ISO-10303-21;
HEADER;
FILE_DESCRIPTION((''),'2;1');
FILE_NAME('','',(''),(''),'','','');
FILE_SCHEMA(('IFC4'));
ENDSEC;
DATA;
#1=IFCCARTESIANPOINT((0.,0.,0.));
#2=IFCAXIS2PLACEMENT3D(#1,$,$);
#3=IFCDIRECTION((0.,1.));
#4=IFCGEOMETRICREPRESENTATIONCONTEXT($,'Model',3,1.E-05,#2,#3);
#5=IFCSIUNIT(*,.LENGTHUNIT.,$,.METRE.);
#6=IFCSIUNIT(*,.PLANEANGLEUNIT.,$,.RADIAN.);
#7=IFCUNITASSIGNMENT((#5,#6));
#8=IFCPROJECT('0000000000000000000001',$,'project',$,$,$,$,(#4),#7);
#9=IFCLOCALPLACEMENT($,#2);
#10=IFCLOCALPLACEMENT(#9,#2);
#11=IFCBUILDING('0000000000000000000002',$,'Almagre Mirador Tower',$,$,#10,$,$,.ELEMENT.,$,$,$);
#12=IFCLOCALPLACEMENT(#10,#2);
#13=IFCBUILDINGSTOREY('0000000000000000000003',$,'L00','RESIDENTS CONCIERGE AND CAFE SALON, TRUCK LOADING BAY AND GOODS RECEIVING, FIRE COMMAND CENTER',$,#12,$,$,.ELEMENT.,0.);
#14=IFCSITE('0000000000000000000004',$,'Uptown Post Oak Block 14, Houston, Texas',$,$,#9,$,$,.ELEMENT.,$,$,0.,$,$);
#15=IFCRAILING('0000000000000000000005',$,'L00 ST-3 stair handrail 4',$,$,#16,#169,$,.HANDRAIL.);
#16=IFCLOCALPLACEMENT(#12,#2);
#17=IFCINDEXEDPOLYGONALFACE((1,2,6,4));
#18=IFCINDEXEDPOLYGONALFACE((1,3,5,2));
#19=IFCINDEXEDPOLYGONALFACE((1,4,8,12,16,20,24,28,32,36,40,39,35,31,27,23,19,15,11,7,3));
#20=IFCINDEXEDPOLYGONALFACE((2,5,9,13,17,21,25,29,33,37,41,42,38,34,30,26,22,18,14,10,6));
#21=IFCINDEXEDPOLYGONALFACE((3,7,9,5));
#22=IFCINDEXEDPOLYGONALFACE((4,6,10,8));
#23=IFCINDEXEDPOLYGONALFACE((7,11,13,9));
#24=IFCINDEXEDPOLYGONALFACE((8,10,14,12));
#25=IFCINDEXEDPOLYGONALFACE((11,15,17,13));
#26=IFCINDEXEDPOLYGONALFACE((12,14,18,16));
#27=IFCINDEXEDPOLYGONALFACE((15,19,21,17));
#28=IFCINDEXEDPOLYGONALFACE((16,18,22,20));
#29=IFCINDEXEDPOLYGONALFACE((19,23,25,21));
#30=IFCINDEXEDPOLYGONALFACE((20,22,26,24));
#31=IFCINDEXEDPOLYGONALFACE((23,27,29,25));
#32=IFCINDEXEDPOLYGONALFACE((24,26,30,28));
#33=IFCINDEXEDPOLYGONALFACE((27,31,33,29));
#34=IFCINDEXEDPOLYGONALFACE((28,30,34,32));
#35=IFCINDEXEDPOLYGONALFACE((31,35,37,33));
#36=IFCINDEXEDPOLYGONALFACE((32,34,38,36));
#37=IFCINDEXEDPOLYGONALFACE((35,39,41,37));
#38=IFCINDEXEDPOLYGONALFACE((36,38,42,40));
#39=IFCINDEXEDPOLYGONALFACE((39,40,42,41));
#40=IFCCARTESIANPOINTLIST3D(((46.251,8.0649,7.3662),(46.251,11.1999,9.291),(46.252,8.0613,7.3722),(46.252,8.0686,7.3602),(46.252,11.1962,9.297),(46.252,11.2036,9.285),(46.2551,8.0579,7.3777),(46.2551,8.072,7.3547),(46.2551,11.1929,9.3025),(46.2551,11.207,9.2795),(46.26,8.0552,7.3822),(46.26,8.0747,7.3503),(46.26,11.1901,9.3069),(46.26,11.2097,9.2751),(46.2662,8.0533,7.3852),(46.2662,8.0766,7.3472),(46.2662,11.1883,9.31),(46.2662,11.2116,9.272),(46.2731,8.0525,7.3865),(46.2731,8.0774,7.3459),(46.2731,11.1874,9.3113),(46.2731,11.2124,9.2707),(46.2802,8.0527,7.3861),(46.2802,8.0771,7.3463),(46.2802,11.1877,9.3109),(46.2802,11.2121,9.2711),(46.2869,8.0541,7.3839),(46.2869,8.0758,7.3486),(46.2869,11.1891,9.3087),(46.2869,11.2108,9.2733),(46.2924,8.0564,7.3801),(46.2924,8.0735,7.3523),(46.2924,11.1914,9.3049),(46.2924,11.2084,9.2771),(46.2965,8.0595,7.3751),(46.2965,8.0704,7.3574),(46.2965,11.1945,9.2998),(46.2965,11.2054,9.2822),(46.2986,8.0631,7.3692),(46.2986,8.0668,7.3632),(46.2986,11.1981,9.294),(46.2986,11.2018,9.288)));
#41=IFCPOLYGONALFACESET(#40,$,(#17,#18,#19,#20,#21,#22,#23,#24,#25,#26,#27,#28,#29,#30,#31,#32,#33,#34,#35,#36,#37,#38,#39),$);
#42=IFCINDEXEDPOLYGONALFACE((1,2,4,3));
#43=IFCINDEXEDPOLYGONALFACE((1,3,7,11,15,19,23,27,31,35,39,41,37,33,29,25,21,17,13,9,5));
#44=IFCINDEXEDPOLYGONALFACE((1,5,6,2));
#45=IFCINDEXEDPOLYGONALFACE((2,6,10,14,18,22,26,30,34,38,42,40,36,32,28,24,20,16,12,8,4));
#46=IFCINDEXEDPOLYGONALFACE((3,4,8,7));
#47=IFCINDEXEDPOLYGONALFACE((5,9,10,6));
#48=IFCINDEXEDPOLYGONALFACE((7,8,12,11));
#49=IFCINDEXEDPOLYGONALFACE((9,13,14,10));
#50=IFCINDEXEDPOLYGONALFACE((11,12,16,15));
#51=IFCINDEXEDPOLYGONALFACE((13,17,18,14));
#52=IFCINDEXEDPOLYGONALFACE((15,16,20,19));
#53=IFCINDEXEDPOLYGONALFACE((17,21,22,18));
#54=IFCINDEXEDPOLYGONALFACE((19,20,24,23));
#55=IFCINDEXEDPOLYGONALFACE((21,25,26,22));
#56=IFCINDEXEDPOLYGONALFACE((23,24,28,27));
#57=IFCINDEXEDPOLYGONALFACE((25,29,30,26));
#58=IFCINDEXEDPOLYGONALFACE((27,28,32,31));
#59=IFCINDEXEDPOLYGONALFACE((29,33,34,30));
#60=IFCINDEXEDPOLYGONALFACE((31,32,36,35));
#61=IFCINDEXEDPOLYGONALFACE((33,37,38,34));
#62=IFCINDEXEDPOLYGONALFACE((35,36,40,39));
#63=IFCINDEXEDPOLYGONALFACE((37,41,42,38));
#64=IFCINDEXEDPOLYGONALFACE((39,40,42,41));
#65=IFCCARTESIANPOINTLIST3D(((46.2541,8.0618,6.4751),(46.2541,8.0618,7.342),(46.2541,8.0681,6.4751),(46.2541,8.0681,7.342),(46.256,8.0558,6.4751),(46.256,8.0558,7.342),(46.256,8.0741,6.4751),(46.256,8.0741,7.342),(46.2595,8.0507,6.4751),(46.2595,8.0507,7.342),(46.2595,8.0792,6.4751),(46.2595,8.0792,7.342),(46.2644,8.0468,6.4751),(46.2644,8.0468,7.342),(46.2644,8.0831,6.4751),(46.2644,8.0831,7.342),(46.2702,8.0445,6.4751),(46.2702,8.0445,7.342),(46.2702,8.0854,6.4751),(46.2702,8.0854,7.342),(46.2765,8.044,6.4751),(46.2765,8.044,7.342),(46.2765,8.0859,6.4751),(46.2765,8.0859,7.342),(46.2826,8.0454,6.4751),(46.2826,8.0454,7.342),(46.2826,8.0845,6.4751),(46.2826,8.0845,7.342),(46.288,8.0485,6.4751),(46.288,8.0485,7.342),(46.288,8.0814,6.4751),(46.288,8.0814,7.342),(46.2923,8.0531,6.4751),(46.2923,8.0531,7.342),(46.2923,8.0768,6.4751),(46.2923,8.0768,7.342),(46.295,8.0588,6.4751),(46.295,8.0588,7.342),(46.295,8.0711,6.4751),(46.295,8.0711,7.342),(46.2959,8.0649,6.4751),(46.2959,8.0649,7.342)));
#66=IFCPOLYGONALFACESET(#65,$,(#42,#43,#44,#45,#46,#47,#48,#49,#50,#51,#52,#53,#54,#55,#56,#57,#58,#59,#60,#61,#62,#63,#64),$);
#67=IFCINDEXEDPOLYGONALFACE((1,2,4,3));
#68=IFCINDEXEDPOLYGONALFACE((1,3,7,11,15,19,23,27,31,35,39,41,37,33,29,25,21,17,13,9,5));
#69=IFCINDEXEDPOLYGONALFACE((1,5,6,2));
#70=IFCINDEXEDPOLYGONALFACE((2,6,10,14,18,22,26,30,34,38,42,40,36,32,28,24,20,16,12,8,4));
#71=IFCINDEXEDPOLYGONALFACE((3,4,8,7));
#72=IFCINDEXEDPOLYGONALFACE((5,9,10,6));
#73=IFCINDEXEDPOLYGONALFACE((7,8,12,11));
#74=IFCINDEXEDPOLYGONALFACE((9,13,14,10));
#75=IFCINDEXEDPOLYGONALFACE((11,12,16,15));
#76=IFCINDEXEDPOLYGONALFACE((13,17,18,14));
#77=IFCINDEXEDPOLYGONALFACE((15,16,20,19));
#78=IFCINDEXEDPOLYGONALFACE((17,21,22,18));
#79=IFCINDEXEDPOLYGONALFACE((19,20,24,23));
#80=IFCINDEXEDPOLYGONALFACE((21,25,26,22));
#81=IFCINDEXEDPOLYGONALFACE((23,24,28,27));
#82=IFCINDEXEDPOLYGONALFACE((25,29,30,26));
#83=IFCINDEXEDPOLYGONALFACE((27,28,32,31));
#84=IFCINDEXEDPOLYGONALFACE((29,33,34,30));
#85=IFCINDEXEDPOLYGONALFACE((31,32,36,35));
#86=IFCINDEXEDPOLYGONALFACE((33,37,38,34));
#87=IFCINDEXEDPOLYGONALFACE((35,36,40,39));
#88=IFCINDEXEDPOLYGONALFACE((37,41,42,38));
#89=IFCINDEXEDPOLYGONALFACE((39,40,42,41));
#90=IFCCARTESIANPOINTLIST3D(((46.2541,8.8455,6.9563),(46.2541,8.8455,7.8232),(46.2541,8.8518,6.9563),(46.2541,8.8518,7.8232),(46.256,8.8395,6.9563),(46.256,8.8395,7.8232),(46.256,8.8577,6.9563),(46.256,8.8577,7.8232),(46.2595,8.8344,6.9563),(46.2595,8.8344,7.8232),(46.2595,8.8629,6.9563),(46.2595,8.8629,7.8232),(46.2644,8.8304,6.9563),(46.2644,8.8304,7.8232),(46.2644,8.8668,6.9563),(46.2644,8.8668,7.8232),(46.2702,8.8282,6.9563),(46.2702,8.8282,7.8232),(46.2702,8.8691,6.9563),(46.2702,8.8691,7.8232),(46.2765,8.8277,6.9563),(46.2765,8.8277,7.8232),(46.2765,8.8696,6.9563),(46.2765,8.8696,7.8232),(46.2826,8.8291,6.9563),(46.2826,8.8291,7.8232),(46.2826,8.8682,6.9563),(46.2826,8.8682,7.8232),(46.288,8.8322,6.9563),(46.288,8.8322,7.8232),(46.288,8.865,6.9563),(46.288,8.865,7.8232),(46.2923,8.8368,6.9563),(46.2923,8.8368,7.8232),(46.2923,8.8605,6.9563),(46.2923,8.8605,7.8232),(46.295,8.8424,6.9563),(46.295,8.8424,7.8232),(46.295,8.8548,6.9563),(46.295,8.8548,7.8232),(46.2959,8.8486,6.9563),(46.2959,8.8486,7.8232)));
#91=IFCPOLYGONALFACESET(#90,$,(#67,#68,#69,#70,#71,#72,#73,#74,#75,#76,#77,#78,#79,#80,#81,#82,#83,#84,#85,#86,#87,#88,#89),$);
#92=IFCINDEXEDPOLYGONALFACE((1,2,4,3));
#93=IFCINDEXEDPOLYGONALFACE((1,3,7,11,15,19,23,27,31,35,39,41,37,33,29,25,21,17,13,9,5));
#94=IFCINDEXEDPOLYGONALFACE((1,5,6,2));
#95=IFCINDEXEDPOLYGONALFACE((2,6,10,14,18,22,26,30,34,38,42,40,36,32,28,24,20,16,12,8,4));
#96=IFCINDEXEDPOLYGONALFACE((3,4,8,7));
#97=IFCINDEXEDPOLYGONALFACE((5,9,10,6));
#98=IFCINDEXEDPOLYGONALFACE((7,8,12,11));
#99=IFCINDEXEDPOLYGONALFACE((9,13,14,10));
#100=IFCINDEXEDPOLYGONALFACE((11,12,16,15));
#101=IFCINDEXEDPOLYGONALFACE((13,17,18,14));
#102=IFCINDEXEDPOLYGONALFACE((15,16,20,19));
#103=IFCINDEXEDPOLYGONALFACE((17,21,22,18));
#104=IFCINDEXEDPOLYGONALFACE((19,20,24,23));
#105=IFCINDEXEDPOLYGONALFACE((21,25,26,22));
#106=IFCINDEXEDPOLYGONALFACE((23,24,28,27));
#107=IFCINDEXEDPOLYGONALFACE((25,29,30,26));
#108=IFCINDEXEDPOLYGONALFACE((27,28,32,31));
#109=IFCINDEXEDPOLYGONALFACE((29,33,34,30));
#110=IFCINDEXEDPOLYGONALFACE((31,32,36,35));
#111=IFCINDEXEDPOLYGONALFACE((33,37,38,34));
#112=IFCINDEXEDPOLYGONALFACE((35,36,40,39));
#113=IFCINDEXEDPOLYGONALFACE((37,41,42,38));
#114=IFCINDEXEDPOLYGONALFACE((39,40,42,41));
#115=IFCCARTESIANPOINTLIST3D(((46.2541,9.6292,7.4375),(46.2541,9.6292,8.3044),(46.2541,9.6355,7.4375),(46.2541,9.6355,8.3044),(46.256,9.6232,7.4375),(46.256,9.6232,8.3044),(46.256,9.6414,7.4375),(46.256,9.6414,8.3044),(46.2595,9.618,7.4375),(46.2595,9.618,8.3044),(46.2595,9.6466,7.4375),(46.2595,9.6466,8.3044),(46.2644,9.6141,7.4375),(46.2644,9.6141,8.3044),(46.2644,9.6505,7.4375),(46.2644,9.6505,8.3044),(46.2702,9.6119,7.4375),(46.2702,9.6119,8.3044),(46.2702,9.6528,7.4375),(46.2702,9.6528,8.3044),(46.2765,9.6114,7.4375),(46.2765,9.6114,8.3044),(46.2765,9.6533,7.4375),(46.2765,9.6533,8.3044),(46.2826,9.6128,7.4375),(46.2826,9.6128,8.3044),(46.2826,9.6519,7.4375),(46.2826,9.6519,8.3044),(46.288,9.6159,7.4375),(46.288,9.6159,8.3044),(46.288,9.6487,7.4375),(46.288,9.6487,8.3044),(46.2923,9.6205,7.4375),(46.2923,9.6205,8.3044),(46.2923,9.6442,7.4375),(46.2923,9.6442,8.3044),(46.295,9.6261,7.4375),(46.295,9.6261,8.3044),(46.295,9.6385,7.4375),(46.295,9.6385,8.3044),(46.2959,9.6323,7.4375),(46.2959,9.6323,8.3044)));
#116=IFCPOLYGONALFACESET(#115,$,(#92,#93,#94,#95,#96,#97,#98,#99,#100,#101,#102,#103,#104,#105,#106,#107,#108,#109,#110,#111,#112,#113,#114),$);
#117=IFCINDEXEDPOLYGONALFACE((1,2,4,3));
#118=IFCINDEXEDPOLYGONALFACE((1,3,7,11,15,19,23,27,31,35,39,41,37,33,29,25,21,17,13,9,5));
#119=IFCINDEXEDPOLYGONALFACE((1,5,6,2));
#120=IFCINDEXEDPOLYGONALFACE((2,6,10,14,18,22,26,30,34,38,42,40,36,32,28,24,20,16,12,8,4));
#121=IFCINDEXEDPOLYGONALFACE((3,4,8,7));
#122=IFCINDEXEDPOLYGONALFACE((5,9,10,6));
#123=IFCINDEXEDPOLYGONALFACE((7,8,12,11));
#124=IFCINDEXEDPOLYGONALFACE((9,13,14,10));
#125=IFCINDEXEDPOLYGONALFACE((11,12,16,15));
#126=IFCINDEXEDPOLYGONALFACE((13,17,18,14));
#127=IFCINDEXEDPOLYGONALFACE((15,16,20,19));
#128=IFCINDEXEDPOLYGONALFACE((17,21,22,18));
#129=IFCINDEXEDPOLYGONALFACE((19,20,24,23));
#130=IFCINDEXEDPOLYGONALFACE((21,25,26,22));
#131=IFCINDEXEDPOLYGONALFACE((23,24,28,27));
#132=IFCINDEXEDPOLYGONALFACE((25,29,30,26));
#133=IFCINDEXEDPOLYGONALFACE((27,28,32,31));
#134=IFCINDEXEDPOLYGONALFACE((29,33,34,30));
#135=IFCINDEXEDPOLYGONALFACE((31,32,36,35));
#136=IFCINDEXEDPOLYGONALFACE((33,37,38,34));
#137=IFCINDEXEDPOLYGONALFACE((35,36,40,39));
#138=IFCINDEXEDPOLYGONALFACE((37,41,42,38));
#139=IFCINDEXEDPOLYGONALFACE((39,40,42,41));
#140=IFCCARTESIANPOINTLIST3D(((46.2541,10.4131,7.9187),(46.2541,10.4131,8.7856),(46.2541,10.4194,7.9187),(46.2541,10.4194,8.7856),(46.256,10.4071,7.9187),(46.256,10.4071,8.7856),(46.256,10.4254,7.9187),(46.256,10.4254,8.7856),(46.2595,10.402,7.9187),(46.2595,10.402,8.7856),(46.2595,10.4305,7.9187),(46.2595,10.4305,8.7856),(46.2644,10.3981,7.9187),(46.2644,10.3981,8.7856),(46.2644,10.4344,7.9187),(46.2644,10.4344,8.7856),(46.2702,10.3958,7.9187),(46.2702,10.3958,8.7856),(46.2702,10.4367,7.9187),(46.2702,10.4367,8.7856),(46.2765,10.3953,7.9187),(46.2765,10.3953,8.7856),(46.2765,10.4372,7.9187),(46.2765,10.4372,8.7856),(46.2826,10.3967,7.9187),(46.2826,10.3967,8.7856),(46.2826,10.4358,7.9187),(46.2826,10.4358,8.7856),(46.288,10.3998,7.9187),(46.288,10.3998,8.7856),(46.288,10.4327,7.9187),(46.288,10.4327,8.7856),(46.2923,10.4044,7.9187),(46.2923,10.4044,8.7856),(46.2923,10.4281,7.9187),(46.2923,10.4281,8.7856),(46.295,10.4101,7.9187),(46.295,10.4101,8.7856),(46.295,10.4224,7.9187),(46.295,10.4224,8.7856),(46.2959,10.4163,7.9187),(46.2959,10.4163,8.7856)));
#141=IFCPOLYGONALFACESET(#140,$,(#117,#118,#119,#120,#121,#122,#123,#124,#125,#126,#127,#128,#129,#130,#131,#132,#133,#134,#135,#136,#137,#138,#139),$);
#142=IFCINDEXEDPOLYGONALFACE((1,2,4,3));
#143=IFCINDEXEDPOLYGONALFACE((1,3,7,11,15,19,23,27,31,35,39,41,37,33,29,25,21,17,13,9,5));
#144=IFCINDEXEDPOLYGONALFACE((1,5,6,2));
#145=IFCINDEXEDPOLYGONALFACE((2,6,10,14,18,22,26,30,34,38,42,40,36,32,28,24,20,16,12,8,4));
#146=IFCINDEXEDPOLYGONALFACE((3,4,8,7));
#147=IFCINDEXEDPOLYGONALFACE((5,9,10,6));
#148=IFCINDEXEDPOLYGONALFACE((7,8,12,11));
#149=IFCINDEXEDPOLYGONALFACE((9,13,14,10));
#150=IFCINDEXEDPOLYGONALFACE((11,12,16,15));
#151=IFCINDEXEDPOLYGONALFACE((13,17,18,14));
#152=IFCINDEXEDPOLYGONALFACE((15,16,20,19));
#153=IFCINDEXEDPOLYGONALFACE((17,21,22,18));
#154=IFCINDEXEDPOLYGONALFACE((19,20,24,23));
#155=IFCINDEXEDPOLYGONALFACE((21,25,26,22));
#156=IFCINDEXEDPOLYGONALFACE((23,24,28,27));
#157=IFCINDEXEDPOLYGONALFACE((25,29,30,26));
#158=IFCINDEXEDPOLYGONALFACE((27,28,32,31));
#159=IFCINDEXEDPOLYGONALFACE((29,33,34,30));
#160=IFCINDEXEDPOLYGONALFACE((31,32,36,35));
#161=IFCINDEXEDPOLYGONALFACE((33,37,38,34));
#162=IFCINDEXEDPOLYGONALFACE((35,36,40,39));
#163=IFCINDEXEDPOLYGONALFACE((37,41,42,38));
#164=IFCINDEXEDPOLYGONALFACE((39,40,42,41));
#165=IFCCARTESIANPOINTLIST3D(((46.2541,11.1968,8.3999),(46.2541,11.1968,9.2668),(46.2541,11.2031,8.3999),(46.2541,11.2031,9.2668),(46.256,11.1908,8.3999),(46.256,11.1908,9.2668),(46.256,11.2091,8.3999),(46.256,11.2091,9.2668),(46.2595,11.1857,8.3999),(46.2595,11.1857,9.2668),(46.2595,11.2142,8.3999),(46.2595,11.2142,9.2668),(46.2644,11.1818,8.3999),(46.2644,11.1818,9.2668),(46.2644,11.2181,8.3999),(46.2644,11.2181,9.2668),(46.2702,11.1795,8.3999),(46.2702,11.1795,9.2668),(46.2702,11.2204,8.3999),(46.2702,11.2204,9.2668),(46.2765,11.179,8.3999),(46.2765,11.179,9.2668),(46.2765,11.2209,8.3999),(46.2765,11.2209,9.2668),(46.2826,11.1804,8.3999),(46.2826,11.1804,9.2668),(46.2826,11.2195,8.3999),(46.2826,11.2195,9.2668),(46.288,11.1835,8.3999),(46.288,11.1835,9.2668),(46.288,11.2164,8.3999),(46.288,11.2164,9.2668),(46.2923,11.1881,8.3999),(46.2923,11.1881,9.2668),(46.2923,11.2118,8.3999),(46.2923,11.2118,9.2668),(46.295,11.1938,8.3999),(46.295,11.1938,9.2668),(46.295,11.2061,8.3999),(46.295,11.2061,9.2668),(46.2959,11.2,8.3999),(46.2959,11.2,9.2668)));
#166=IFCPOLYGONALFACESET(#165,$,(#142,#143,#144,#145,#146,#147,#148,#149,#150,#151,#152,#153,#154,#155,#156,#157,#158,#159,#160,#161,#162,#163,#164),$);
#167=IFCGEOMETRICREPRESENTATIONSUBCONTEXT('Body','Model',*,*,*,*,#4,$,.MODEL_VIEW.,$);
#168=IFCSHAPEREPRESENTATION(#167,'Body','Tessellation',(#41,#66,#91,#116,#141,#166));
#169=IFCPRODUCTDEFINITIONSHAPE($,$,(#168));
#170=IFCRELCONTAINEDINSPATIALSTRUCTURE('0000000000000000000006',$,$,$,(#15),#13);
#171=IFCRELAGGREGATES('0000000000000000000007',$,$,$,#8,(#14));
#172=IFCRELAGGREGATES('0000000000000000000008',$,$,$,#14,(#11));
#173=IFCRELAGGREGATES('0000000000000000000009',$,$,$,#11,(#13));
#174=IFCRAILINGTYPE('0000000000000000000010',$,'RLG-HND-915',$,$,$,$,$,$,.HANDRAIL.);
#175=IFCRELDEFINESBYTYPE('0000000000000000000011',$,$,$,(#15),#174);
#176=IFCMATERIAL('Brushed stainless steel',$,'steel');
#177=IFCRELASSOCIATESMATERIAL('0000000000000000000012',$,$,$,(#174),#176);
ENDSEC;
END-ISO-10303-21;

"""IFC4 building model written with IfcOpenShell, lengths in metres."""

from ifc_helpers import new_model, si_unit, direction, frame, origin, origin_2d, place, context, subcontext, project, spatial, circle, extrude, material, type_object, element, save


model = new_model("IFC4")

# Units and contexts
model_context = context("Model", 3, precision=1e-05, world=origin(), true_north=direction((0.0, 1.0)))
body_context = subcontext(model_context, "Body", "Model", "MODEL_VIEW")
ifc_project = project(units=[si_unit("LENGTHUNIT", "METRE"), si_unit("PLANEANGLEUNIT", "RADIAN")], contexts=[model_context])

# Site, building, storey
site_placement = place(None, origin())
site = spatial("IfcSite", under=ifc_project, at=site_placement, Name="Uptown Post Oak Block 14, Houston, Texas", CompositionType="ELEMENT", RefElevation=0.0)
building_placement = place(site_placement, origin())
building = spatial("IfcBuilding", under=site, at=building_placement, Name="Almagre Mirador Tower", CompositionType="ELEMENT")
storey_placement = place(building_placement, origin())
storey = spatial("IfcBuildingStorey", under=building, at=storey_placement, Name="L00", Description="RESIDENTS CONCIERGE AND CAFE SALON, TRUCK LOADING BAY AND GOODS RECEIVING, FIRE COMMAND CENTER", CompositionType="ELEMENT", Elevation=0.0)

# Railing
ifc_material_1 = material(Name="Brushed stainless steel", Category="steel")
railing_type_1 = type_object("IfcRailingType", Name="RLG-HND-915", PredefinedType="HANDRAIL", material=ifc_material_1)
railing_1_placement = place(storey_placement, frame((46.2749, 8.0649, 6.4751)))
element("IfcRailing", 1, at=railing_1_placement, inside=storey, type_object=railing_type_1, Name="L00 ST-3 stair handrail 4", PredefinedType="HANDRAIL", context=body_context, shape_type="SweptSolid", body=[
    extrude(circle(Radius=0.0239, at=origin_2d()), frame((0.0, 0.0, 0.8911), z_axis=(0.0, 0.852196, 0.523223), x_axis=(-1.0, 0.0, 0.0)), (0.0, 0.0, 1.0), 3.6787),
    extrude(circle(Radius=0.021, at=origin_2d()), origin(), (0.0, 0.0, 1.0), 0.8669),
    extrude(circle(Radius=0.021, at=origin_2d()), frame((0.0, 0.7837, 0.4812)), (0.0, 0.0, 1.0), 0.8669),
    extrude(circle(Radius=0.021, at=origin_2d()), frame((0.0, 1.5674, 0.9624)), (0.0, 0.0, 1.0), 0.8669),
    extrude(circle(Radius=0.021, at=origin_2d()), frame((0.0, 2.3513, 1.4436)), (0.0, 0.0, 1.0), 0.8669),
    extrude(circle(Radius=0.021, at=origin_2d()), frame((0.0, 3.135, 1.9248)), (0.0, 0.0, 1.0), 0.8669),
])

save(model, "model.ifc")
